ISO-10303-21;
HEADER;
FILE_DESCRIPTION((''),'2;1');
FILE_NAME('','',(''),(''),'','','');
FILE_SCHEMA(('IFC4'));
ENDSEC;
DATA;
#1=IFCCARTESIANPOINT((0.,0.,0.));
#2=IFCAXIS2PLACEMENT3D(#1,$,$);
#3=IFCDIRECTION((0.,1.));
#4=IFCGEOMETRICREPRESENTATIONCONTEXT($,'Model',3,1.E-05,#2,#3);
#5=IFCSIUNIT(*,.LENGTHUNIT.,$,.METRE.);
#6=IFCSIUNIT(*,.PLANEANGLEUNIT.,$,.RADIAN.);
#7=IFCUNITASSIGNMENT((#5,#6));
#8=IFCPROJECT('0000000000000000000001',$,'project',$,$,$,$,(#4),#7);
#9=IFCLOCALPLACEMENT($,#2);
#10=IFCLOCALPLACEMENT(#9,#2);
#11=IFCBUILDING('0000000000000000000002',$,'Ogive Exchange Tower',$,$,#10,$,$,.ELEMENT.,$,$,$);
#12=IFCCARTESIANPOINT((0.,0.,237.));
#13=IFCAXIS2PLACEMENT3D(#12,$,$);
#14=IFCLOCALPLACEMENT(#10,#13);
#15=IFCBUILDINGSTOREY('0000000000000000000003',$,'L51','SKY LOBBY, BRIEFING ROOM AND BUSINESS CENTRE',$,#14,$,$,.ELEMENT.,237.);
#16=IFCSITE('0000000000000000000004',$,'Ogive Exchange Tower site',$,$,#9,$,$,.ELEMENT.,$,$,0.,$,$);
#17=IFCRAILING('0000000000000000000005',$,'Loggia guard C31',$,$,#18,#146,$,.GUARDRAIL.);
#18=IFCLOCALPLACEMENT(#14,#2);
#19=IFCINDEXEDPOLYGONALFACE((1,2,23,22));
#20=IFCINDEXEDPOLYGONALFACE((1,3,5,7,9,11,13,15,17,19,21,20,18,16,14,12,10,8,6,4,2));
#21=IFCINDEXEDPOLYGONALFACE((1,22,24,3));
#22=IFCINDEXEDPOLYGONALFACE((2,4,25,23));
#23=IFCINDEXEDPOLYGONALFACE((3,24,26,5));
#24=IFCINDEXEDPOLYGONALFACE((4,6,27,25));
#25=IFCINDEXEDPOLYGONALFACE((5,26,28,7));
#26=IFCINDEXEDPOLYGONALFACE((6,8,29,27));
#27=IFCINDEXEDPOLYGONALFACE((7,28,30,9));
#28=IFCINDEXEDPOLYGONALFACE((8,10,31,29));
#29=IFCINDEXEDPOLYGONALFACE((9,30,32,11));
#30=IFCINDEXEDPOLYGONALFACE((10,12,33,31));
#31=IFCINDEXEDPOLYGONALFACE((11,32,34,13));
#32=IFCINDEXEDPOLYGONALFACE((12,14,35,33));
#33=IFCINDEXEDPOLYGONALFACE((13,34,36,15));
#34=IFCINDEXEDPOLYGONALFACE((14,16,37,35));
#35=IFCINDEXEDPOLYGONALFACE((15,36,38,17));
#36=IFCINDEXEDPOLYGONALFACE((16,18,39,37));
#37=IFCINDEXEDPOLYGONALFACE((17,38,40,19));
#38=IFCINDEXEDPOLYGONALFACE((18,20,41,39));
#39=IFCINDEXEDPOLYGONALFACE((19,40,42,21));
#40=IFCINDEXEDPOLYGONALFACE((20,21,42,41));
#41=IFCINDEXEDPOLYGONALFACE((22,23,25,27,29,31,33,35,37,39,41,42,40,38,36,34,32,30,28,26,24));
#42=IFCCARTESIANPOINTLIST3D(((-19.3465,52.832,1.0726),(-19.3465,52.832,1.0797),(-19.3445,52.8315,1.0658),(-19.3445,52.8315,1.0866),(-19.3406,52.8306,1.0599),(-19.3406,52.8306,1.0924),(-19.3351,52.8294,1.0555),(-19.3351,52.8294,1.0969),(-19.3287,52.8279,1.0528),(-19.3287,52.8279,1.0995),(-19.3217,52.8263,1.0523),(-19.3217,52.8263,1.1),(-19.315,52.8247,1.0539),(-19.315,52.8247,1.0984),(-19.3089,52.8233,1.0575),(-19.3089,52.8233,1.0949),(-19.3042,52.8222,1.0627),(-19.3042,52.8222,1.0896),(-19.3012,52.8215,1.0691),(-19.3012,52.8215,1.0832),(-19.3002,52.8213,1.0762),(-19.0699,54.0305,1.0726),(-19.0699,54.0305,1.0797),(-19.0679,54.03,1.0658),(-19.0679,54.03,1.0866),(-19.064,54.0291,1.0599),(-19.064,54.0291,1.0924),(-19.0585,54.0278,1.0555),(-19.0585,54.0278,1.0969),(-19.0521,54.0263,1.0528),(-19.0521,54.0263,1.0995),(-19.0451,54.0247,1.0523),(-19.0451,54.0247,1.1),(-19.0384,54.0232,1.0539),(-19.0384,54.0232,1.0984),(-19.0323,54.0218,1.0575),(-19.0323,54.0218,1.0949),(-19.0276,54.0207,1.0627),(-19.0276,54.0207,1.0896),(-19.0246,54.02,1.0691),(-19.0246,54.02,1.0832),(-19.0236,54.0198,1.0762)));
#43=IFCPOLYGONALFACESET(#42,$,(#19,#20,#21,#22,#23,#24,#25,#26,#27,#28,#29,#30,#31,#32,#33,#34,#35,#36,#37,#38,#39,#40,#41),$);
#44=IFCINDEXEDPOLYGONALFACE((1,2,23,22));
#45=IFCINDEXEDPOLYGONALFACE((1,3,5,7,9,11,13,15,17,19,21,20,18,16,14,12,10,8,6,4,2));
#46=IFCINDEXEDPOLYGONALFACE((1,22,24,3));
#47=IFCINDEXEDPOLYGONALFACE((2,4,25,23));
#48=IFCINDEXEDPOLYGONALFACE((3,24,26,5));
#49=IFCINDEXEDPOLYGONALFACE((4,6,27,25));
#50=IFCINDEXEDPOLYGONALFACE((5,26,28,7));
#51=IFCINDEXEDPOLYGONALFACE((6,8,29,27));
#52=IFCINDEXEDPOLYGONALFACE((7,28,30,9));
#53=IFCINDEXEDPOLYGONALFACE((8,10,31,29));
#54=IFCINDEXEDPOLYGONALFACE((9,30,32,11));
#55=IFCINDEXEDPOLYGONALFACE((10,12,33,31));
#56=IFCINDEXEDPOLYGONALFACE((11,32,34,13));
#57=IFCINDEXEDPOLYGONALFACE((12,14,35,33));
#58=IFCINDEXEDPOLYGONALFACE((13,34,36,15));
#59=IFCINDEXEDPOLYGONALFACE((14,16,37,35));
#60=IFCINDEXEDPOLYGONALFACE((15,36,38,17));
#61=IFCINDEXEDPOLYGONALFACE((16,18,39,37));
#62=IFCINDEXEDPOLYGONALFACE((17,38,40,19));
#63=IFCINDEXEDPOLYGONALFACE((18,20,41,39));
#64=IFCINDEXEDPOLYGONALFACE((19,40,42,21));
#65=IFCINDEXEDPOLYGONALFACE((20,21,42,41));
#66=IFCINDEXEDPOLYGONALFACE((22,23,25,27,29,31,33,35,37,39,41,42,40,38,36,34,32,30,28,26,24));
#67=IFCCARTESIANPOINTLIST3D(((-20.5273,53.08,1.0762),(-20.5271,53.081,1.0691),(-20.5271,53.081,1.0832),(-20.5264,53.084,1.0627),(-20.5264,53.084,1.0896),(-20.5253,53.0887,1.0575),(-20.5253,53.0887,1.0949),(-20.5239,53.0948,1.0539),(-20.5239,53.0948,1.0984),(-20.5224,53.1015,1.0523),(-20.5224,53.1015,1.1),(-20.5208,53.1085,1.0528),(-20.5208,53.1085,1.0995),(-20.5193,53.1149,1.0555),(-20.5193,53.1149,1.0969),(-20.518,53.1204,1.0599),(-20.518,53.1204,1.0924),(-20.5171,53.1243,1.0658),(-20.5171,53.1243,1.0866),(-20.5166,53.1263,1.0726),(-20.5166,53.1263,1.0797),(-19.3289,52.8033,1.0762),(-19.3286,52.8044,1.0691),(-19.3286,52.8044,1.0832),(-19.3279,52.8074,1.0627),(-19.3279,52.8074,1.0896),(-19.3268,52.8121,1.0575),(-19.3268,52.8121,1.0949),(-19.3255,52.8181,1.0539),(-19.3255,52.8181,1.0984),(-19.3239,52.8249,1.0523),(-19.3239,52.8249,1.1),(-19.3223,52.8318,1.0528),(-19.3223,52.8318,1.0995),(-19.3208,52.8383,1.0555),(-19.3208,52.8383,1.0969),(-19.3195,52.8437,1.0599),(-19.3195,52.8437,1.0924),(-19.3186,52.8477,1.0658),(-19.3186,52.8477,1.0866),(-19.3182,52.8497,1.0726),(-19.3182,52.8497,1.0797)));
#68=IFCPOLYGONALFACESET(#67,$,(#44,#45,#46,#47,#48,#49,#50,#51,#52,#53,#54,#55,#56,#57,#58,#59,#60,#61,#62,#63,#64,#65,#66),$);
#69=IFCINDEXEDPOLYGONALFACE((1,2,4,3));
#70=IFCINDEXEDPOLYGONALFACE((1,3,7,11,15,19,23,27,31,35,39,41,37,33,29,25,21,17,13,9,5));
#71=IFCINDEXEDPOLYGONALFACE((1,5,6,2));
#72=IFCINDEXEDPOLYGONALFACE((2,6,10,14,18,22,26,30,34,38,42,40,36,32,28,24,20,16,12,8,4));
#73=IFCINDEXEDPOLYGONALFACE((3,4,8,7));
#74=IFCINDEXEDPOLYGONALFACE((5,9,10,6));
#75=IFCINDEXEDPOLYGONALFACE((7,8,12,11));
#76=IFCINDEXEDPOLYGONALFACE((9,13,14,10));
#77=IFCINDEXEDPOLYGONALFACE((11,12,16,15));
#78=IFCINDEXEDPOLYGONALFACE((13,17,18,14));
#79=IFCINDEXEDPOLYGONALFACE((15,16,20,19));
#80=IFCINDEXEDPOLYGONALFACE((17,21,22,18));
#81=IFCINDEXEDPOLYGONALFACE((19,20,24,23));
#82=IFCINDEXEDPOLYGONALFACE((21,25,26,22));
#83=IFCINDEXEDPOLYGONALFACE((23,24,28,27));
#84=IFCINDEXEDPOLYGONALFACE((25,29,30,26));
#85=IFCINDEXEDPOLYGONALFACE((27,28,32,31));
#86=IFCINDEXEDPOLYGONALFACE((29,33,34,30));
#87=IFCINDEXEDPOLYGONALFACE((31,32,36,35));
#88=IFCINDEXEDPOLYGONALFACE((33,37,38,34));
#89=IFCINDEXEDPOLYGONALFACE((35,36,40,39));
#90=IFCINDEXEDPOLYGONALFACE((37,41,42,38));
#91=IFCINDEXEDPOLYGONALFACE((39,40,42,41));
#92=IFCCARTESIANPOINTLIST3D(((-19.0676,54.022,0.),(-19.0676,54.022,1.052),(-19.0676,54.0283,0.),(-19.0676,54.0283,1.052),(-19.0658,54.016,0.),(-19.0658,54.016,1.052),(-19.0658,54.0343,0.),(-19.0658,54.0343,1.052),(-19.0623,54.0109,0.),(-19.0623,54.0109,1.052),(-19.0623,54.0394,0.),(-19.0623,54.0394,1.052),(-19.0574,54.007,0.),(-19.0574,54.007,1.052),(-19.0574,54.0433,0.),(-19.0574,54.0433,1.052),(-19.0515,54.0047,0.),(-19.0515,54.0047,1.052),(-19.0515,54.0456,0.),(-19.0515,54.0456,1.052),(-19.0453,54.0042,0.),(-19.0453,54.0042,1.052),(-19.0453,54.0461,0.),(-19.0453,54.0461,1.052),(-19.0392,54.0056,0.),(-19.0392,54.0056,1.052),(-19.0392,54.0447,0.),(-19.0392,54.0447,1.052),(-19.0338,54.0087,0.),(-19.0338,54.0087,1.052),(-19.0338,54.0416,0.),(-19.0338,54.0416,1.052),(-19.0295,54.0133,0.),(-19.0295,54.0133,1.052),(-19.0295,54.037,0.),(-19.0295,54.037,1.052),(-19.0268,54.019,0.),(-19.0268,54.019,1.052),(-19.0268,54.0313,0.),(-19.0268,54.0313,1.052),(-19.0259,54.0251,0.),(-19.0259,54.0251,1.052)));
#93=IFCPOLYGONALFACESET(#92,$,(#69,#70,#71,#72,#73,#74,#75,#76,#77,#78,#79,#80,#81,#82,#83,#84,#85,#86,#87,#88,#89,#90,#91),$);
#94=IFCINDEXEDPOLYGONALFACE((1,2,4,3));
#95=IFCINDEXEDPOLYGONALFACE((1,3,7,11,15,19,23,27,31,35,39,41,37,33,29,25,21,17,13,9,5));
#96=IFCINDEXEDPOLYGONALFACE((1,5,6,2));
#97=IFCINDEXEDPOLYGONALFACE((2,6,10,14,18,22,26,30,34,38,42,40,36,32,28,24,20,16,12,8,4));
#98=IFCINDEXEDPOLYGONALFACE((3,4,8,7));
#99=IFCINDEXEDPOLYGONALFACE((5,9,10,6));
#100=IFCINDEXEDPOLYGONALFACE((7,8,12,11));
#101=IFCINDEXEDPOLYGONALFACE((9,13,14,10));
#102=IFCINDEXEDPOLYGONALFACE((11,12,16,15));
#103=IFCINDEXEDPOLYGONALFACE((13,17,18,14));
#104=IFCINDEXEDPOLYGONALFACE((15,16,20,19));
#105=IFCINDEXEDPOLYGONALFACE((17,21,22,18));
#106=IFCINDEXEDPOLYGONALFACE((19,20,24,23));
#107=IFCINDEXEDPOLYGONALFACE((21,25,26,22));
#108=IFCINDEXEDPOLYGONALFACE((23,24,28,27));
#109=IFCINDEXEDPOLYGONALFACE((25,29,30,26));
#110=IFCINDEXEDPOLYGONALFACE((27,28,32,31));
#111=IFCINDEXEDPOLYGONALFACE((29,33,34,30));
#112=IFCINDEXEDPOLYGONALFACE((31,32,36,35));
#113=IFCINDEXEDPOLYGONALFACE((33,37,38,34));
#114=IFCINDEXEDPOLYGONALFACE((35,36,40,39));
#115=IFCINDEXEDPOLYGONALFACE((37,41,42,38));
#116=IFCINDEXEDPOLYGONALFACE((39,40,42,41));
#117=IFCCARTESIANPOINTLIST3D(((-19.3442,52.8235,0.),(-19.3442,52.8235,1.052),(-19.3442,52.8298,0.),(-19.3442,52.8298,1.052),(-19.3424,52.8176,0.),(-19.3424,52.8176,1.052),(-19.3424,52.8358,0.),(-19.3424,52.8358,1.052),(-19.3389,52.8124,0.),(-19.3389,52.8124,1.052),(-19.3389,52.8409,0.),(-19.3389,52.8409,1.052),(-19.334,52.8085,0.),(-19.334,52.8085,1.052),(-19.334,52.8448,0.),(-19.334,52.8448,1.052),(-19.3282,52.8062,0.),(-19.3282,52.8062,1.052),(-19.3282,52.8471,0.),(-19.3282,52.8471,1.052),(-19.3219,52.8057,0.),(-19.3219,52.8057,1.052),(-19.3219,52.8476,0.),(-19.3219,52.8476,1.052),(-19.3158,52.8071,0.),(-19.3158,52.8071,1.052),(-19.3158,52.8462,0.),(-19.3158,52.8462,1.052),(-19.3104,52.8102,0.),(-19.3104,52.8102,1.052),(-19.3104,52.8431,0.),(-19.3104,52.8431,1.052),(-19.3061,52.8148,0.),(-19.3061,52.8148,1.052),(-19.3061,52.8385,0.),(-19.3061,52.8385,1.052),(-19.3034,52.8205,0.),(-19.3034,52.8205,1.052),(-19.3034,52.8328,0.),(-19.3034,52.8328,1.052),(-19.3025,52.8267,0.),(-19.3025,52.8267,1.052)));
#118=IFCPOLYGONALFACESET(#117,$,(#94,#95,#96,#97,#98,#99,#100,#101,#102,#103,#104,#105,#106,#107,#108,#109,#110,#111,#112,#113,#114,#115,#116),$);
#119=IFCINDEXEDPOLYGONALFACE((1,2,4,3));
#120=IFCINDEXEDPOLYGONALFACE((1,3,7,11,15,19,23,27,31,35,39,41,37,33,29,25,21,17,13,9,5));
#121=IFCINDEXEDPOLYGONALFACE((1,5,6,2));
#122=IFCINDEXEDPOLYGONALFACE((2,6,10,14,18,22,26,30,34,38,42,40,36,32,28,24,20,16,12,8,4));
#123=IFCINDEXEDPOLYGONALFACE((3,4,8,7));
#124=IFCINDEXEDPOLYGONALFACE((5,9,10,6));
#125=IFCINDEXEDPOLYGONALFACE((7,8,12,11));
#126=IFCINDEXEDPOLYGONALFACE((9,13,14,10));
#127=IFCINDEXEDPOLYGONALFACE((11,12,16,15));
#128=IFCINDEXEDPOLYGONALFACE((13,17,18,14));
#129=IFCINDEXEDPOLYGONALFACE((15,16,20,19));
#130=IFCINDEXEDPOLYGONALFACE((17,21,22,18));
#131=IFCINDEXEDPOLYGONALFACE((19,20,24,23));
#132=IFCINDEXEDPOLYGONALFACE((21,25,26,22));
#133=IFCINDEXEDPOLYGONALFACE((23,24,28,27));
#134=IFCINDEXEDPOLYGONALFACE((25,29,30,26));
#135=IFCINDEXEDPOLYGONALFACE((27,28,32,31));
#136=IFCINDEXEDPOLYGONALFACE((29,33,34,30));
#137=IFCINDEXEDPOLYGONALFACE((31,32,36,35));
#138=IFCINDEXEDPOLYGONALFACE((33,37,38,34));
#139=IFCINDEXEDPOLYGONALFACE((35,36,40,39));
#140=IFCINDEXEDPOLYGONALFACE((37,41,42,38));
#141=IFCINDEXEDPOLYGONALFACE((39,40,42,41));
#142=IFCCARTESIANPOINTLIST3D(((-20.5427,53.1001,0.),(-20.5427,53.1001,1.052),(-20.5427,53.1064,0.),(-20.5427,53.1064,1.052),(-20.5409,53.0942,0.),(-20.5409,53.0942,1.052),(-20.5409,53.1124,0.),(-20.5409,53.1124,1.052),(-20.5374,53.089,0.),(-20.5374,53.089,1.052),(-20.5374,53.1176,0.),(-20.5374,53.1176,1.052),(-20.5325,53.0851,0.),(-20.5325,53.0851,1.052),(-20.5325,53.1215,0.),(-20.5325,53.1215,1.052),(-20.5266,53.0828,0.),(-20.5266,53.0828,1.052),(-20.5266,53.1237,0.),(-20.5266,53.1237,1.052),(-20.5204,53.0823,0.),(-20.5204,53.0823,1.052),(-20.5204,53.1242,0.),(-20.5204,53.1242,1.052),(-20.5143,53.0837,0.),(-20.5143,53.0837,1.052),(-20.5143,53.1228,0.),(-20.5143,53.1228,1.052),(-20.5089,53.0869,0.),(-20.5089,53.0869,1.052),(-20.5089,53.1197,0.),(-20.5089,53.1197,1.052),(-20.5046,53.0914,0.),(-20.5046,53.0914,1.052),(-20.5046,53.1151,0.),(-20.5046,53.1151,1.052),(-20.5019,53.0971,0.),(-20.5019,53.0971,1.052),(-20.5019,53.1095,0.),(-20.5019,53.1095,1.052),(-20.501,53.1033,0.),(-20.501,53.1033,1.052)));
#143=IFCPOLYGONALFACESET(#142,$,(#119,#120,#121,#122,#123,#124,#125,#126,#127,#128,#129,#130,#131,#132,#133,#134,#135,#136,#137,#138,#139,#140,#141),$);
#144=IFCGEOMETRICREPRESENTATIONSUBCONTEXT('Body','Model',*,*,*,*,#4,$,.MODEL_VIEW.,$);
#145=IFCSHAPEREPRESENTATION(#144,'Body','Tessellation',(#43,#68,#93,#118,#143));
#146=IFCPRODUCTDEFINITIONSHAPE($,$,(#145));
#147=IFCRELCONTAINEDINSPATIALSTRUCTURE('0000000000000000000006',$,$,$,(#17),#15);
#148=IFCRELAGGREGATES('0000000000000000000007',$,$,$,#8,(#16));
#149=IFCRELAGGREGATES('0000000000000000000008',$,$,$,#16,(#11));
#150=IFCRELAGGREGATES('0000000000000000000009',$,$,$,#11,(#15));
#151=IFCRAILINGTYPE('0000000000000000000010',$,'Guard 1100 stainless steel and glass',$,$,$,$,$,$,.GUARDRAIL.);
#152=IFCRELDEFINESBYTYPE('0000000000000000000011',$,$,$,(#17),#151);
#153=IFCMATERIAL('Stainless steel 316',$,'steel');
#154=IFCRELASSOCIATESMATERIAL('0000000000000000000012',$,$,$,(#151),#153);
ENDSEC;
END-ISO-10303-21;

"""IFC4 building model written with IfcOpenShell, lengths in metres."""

from ifc_helpers import new_model, si_unit, direction, frame, origin, origin_2d, place, context, subcontext, project, spatial, circle, extrude, material, type_object, element, save


model = new_model("IFC4")

# Units and contexts
model_context = context("Model", 3, precision=1e-05, world=origin(), true_north=direction((0.0, 1.0)))
body_context = subcontext(model_context, "Body", "Model", "MODEL_VIEW")
ifc_project = project(units=[si_unit("LENGTHUNIT", "METRE"), si_unit("PLANEANGLEUNIT", "RADIAN")], contexts=[model_context])

# Site, building, storey
site_placement = place(None, origin())
site = spatial("IfcSite", under=ifc_project, at=site_placement, Name="Ogive Exchange Tower site", CompositionType="ELEMENT", RefElevation=0.0)
building_placement = place(site_placement, origin())
building = spatial("IfcBuilding", under=site, at=building_placement, Name="Ogive Exchange Tower", CompositionType="ELEMENT")
storey_placement = place(building_placement, frame((0.0, 0.0, 237.0)))
storey = spatial("IfcBuildingStorey", under=building, at=storey_placement, Name="L51", Description="SKY LOBBY, BRIEFING ROOM AND BUSINESS CENTRE", CompositionType="ELEMENT", Elevation=237.0)

# Railing
ifc_material_1 = material(Name="Stainless steel 316", Category="steel")
railing_type = type_object("IfcRailingType", Name="Guard 1100 stainless steel and glass", PredefinedType="GUARDRAIL", material=ifc_material_1)
railing_1_placement = place(storey_placement, frame((-19.0469, 54.0251, 0.0)))
element("IfcRailing", 1, at=railing_1_placement, inside=storey, type_object=railing_type, Name="Loggia guard C31", PredefinedType="GUARDRAIL", context=body_context, shape_type="SweptSolid", body=[
    extrude(circle(Radius=0.0239, at=origin_2d()), frame((0.0, 0.0, 1.0762), z_axis=(-0.224888, -0.974385, 0.0), x_axis=(0.974385, -0.224888, 0.0)), (0.0, 0.0, 1.0), 1.23),
    extrude(circle(Radius=0.0239, at=origin_2d()), frame((-0.2766, -1.1985, 1.0762), z_axis=(-0.974385, 0.224888, 0.0), x_axis=(-0.224888, -0.974385, 0.0)), (0.0, 0.0, 1.0), 1.23),
    extrude(circle(Radius=0.021, at=origin_2d()), origin(), (0.0, 0.0, 1.0), 1.052),
    extrude(circle(Radius=0.021, at=origin_2d()), frame((-0.2766, -1.1985, 0.0)), (0.0, 0.0, 1.0), 1.052),
    extrude(circle(Radius=0.021, at=origin_2d()), frame((-1.4751, -0.9219, 0.0)), (0.0, 0.0, 1.0), 1.052),
])

save(model, "model.ifc")
